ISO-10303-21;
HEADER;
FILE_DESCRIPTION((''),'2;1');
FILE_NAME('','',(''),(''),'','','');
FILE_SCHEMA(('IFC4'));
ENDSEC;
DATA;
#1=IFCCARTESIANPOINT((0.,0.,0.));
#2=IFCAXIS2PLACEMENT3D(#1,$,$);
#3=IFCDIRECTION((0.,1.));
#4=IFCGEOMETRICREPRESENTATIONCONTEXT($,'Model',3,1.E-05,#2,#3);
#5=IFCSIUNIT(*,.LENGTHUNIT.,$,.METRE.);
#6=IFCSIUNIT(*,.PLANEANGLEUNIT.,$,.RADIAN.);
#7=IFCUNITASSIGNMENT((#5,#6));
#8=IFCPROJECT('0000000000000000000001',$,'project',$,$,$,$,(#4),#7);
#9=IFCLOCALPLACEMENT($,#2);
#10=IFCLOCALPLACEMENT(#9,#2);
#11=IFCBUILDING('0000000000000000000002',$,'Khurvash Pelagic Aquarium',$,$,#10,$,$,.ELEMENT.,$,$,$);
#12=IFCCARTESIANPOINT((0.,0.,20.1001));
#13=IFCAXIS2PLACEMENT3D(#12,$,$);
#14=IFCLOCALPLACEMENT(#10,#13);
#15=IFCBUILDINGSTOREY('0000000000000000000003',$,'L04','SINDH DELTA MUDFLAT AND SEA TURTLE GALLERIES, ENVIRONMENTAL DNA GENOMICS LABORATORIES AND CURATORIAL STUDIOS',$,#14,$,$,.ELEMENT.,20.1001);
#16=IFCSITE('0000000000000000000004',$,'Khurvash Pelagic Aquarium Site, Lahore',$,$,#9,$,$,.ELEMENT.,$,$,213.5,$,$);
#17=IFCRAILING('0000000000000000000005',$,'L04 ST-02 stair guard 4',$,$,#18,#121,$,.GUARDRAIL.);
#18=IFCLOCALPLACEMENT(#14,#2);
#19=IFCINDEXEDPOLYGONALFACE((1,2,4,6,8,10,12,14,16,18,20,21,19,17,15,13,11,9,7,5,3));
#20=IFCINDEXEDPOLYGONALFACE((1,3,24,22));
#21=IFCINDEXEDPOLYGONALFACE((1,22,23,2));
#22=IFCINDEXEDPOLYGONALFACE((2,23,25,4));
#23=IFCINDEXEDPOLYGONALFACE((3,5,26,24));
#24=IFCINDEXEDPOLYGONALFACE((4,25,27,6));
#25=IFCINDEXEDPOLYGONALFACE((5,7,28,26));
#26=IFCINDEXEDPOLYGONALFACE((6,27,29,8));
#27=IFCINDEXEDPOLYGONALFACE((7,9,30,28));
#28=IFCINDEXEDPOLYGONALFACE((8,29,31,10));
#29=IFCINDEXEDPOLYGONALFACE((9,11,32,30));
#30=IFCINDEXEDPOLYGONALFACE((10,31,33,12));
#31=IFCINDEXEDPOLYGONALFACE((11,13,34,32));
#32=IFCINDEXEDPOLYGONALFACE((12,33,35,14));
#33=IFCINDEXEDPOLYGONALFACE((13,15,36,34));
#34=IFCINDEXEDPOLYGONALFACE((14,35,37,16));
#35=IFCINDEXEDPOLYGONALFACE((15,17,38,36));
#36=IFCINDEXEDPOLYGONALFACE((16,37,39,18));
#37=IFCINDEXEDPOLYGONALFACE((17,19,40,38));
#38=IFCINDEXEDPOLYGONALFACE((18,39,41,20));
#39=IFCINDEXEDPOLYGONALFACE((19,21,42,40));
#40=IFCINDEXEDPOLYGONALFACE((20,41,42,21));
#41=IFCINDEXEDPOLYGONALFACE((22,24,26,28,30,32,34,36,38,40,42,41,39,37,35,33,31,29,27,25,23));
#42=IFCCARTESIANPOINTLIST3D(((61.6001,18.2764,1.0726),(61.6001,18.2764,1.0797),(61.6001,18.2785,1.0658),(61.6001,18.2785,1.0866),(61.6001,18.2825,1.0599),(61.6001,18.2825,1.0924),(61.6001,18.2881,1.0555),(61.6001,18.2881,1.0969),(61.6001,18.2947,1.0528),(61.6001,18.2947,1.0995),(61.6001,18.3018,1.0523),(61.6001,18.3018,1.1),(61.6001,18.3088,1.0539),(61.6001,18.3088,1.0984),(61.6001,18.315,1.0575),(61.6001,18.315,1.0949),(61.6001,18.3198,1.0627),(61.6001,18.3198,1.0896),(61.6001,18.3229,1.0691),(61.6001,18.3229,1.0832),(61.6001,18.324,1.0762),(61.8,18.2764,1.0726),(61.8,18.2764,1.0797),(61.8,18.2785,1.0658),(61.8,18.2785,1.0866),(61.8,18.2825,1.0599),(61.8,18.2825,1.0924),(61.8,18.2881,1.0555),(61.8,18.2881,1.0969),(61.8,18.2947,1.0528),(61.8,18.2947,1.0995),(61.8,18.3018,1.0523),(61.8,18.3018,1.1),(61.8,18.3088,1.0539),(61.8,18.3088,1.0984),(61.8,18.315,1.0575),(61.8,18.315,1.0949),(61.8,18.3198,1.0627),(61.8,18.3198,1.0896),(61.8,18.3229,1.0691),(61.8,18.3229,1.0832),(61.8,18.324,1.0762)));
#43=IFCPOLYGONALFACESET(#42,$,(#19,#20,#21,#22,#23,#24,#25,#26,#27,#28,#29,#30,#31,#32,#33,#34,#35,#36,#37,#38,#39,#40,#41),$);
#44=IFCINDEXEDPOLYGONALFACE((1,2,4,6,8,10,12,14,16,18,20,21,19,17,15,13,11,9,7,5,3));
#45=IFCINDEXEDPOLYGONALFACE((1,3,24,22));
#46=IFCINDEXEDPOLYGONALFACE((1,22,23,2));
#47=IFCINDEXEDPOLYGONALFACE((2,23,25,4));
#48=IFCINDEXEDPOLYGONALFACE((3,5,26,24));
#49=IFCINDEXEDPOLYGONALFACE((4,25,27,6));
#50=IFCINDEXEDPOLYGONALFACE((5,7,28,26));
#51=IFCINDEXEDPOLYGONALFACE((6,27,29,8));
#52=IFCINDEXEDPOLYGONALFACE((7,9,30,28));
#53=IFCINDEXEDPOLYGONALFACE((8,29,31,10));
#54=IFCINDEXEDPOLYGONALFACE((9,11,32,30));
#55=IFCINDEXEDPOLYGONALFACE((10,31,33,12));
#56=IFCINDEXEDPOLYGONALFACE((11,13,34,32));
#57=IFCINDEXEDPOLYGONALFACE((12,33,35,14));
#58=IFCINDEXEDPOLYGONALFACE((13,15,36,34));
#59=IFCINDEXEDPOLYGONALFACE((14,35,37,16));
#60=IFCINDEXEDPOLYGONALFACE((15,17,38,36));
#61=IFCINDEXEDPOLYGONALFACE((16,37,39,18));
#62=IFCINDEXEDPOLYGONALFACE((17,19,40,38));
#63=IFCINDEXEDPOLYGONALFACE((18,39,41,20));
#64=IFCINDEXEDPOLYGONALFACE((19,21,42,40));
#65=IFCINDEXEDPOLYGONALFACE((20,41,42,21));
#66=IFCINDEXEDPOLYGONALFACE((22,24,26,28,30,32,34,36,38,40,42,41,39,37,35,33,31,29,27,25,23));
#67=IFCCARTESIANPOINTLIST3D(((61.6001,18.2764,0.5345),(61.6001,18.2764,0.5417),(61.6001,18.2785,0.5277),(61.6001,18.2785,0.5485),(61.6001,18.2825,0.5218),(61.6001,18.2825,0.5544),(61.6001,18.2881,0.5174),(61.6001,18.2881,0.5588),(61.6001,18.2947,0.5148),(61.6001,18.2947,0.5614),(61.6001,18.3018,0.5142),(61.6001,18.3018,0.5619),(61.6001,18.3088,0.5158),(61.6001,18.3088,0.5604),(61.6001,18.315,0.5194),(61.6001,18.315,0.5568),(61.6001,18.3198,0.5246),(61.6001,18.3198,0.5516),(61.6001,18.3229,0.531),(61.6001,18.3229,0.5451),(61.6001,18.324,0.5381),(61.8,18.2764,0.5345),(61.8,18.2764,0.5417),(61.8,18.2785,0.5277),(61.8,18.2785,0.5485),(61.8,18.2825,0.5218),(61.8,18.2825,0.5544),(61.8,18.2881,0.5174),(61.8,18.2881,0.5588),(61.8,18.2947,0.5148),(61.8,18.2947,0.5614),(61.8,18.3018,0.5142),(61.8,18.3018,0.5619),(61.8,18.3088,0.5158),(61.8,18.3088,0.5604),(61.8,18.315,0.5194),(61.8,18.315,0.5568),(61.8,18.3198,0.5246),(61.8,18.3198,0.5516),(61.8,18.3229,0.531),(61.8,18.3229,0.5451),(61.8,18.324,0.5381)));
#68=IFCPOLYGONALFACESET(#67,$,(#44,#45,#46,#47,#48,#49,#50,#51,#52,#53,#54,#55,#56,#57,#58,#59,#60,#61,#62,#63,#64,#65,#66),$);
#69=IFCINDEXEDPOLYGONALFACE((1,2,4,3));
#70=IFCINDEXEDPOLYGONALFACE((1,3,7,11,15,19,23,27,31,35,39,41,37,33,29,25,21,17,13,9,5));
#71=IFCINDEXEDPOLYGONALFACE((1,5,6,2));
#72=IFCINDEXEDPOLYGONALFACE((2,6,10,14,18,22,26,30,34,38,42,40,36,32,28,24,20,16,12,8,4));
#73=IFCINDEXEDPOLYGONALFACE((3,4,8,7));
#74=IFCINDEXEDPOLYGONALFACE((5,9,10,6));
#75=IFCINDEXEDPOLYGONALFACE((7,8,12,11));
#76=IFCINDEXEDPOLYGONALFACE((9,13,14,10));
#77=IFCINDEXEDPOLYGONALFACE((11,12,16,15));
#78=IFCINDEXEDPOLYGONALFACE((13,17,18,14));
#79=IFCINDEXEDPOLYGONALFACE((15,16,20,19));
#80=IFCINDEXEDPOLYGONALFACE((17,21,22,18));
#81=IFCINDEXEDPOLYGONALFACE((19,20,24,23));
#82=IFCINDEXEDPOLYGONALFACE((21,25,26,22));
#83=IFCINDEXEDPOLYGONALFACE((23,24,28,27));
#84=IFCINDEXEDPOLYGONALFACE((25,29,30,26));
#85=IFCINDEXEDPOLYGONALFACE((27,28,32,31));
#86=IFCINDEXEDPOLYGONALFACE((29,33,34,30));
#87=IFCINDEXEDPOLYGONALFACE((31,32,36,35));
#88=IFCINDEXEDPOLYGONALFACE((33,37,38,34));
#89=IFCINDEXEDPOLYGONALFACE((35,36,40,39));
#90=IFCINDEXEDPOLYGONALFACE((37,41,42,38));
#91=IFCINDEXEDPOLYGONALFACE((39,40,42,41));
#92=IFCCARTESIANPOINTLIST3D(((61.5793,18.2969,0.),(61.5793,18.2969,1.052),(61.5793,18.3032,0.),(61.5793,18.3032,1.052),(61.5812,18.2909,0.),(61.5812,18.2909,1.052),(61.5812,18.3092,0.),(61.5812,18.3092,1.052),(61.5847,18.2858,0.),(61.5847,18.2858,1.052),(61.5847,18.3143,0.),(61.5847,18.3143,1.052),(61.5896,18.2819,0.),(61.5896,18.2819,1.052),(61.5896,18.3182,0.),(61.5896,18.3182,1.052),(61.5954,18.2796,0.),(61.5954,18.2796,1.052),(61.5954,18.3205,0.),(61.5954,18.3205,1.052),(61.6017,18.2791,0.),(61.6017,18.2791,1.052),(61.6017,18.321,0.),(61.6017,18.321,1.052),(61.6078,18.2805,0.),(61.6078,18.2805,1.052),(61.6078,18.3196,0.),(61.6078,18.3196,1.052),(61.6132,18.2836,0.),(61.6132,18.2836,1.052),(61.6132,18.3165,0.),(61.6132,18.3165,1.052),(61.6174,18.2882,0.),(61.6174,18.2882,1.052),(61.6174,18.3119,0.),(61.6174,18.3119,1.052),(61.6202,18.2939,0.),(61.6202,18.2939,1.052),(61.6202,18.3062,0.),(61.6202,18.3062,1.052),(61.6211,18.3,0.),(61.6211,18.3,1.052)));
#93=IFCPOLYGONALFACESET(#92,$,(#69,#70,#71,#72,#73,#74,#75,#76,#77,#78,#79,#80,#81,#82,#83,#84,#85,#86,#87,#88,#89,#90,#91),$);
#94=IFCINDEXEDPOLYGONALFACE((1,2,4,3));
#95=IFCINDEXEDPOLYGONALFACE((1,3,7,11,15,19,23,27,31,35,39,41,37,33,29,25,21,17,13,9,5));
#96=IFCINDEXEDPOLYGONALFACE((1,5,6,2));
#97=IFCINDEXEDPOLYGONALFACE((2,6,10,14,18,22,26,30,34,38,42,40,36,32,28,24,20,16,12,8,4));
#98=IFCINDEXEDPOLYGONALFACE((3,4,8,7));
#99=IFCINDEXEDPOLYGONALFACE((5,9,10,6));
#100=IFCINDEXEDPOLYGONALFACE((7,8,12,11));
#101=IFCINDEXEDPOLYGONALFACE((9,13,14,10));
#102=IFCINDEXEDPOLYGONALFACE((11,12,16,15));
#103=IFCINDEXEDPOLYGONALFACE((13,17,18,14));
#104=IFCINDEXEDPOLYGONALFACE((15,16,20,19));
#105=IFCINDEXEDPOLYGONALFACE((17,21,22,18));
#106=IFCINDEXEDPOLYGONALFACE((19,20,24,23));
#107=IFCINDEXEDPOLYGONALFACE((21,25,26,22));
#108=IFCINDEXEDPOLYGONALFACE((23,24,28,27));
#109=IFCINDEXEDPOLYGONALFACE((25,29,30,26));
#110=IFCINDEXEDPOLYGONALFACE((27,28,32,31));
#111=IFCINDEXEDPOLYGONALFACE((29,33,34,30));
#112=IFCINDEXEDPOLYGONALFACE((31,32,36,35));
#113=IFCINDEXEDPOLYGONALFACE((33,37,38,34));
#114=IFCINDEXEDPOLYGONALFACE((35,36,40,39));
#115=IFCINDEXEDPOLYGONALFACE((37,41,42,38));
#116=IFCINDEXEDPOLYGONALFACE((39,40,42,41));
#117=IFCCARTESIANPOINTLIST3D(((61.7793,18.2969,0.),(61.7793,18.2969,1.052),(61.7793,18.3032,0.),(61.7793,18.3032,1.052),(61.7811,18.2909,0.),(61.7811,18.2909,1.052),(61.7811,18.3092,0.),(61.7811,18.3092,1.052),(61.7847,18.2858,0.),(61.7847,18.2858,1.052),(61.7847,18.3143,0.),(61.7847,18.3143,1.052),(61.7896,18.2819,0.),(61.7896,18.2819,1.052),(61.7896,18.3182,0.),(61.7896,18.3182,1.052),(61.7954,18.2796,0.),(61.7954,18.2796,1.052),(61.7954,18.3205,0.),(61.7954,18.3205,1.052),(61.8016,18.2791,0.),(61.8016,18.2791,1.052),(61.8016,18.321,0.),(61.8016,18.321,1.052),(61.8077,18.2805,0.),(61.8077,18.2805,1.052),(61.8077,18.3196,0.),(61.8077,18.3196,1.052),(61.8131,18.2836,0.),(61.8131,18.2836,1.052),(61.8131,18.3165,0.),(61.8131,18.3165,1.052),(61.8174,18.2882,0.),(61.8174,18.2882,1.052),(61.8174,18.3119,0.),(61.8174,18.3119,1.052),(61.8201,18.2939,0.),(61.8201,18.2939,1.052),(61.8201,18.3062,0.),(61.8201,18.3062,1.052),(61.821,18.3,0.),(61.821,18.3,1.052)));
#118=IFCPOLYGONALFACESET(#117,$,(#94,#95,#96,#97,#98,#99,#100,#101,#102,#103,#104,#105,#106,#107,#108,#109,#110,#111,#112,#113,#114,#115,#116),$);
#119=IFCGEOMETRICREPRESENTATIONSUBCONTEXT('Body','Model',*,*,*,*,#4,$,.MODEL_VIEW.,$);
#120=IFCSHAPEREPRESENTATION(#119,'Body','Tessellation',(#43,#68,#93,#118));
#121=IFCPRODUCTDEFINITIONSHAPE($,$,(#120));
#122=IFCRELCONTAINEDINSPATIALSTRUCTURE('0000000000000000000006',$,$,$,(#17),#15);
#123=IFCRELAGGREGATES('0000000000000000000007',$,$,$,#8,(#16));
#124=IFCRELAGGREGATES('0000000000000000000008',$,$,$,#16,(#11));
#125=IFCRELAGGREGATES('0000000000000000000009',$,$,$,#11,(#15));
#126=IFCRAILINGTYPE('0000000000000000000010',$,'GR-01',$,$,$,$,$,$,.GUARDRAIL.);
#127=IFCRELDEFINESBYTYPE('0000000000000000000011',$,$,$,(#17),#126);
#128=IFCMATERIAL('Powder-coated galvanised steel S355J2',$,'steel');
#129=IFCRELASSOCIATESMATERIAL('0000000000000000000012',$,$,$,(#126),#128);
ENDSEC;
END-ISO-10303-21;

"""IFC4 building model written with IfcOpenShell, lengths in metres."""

from ifc_helpers import new_model, si_unit, direction, frame, origin, origin_2d, place, context, subcontext, project, spatial, circle, extrude, material, type_object, element, save


model = new_model("IFC4")

# Units and contexts
model_context = context("Model", 3, precision=1e-05, world=origin(), true_north=direction((0.0, 1.0)))
body_context = subcontext(model_context, "Body", "Model", "MODEL_VIEW")
ifc_project = project(units=[si_unit("LENGTHUNIT", "METRE"), si_unit("PLANEANGLEUNIT", "RADIAN")], contexts=[model_context])

# Site, building, storey
site_placement = place(None, origin())
site = spatial("IfcSite", under=ifc_project, at=site_placement, Name="Khurvash Pelagic Aquarium Site, Lahore", CompositionType="ELEMENT", RefElevation=213.5)
building_placement = place(site_placement, origin())
building = spatial("IfcBuilding", under=site, at=building_placement, Name="Khurvash Pelagic Aquarium", CompositionType="ELEMENT")
storey_placement = place(building_placement, frame((0.0, 0.0, 20.1001)))
storey = spatial("IfcBuildingStorey", under=building, at=storey_placement, Name="L04", Description="SINDH DELTA MUDFLAT AND SEA TURTLE GALLERIES, ENVIRONMENTAL DNA GENOMICS LABORATORIES AND CURATORIAL STUDIOS", CompositionType="ELEMENT", Elevation=20.1001)

# Railing
ifc_material_1 = material(Name="Powder-coated galvanised steel S355J2", Category="steel")
railing_type = type_object("IfcRailingType", Name="GR-01", PredefinedType="GUARDRAIL", material=ifc_material_1)
railing_placement = place(storey_placement, frame((61.6001, 18.3, 0.0)))
element("IfcRailing", 1, at=railing_placement, inside=storey, type_object=railing_type, Name="L04 ST-02 stair guard 4", PredefinedType="GUARDRAIL", context=body_context, shape_type="SweptSolid", body=[
    extrude(circle(Radius=0.0239, at=origin_2d()), frame((0.0, 0.0, 1.0762), z_axis=(1.0, 0.0, 0.0), x_axis=(0.0, 1.0, 0.0)), (0.0, 0.0, 1.0), 0.2),
    extrude(circle(Radius=0.0239, at=origin_2d()), frame((0.0, 0.0, 0.5381), z_axis=(1.0, 0.0, 0.0), x_axis=(0.0, 1.0, 0.0)), (0.0, 0.0, 1.0), 0.2),
    extrude(circle(Radius=0.021, at=origin_2d()), origin(), (0.0, 0.0, 1.0), 1.052),
    extrude(circle(Radius=0.021, at=origin_2d()), frame((0.2, 0.0, 0.0)), (0.0, 0.0, 1.0), 1.052),
])

save(model, "model.ifc")
